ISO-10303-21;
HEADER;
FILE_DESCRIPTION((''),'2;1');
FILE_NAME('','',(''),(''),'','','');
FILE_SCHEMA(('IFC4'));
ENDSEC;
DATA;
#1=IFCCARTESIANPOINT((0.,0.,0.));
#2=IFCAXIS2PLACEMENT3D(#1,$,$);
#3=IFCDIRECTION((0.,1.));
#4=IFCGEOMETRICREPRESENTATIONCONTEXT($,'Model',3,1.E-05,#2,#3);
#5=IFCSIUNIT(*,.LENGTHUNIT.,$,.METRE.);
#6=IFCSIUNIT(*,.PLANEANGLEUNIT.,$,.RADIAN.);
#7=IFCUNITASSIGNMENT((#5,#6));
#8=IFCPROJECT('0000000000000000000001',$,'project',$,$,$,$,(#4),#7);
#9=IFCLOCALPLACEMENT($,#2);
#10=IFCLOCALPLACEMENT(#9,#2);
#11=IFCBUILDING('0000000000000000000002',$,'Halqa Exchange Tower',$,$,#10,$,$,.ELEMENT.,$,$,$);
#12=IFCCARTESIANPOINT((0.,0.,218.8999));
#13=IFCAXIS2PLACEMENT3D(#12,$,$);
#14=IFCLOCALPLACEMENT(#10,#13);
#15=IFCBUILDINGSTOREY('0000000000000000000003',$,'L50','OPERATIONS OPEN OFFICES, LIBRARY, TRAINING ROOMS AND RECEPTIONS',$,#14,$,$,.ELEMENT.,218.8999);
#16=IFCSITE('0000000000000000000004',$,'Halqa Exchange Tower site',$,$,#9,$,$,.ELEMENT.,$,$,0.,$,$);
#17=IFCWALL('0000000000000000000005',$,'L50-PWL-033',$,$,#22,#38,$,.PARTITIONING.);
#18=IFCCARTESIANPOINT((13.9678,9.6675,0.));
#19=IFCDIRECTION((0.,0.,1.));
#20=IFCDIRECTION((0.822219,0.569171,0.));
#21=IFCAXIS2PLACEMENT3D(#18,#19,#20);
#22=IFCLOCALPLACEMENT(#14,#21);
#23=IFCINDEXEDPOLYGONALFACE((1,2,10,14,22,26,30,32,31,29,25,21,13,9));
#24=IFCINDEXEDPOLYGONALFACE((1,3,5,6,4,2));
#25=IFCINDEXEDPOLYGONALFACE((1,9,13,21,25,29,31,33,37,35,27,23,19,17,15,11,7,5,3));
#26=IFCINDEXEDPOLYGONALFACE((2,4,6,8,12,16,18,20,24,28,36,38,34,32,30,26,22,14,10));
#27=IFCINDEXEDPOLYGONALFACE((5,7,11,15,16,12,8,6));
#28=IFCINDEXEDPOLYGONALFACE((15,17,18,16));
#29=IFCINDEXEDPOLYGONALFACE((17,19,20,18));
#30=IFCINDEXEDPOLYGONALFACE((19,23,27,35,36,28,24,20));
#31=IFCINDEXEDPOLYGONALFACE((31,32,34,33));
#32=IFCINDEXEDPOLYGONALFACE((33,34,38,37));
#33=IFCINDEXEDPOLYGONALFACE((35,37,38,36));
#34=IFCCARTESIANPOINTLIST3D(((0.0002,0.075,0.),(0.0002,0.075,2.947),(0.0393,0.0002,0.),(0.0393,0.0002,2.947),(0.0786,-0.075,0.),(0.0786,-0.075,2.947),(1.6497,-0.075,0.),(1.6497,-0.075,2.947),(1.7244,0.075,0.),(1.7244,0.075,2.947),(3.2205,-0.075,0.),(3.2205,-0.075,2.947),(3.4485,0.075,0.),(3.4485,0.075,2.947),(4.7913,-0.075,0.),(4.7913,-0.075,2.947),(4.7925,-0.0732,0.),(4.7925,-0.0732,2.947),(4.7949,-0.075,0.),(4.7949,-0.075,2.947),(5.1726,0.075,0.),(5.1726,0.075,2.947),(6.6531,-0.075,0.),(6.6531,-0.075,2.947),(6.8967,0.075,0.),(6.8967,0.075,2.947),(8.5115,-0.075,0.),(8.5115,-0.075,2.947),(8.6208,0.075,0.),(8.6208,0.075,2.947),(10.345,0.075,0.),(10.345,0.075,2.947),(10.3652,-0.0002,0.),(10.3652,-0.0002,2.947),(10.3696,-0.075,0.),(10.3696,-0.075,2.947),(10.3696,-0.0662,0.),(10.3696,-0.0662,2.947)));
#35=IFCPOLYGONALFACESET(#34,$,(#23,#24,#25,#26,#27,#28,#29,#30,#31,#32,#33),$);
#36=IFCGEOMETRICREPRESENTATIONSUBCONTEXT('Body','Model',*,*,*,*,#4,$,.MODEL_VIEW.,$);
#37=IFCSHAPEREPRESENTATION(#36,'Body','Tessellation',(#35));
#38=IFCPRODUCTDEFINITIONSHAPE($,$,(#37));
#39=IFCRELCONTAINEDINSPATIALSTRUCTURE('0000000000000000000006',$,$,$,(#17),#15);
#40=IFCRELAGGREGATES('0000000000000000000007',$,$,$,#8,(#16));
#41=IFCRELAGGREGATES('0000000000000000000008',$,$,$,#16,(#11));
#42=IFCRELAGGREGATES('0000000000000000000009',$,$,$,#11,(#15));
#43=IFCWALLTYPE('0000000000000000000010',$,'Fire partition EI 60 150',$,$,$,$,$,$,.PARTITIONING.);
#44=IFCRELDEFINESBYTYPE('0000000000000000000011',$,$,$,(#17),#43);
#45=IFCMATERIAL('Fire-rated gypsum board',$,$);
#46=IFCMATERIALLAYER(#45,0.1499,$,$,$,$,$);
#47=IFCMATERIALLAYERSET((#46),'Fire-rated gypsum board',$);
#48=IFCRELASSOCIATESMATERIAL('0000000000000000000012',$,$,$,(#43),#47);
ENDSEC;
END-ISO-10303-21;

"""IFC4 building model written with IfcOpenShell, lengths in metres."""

from ifc_helpers import new_model, si_unit, direction, frame, origin, place, context, subcontext, project, spatial, polyline, outline, extrude, material, layer, layer_set, type_object, element, save


model = new_model("IFC4")

# Units and contexts
model_context = context("Model", 3, precision=1e-05, world=origin(), true_north=direction((0.0, 1.0)))
body_context = subcontext(model_context, "Body", "Model", "MODEL_VIEW")
ifc_project = project(units=[si_unit("LENGTHUNIT", "METRE"), si_unit("PLANEANGLEUNIT", "RADIAN")], contexts=[model_context])

# Site, building, storey
site_placement = place(None, origin())
site = spatial("IfcSite", under=ifc_project, at=site_placement, Name="Halqa Exchange Tower site", CompositionType="ELEMENT", RefElevation=0.0)
building_placement = place(site_placement, origin())
building = spatial("IfcBuilding", under=site, at=building_placement, Name="Halqa Exchange Tower", CompositionType="ELEMENT")
storey_placement = place(building_placement, frame((0.0, 0.0, 218.8999)))
storey = spatial("IfcBuildingStorey", under=building, at=storey_placement, Name="L50", Description="OPERATIONS OPEN OFFICES, LIBRARY, TRAINING ROOMS AND RECEPTIONS", CompositionType="ELEMENT", Elevation=218.8999)

# Wall
ifc_material_1 = material(Name="Fire-rated gypsum board")
ifc_layer_1 = layer(ifc_material_1, 0.1499)
ifc_layer_set_1 = layer_set([ifc_layer_1], Name="Fire-rated gypsum board")
wall_type_1 = type_object("IfcWallType", Name="Fire partition EI 60 150", PredefinedType="PARTITIONING", material=ifc_layer_set_1)
wall_1_placement = place(storey_placement, frame((13.9678, 9.6675, 0.0), z_axis=(0.0, 0.0, 1.0), x_axis=(0.822219, 0.569171, 0.0)))
element("IfcWall", 1, at=wall_1_placement, inside=storey, type_object=wall_type_1, Name="L50-PWL-033", PredefinedType="PARTITIONING", context=body_context, shape_type="SweptSolid", body=[
    extrude(outline(polyline([(0.0786, -0.075), (1.6497, -0.075), (3.2205, -0.075), (4.7913, -0.075), (4.7925, -0.0732), (4.7949, -0.075), (6.6531, -0.075), (8.5115, -0.075), (10.3696, -0.075), (10.3696, -0.0662), (10.3652, -0.0002), (10.345, 0.075), (8.6208, 0.075), (6.8967, 0.075), (5.1726, 0.075), (3.4485, 0.075), (1.7244, 0.075), (0.0002, 0.075), (0.0393, 0.0002), (0.0786, -0.075)])), origin(), (0.0, 0.0, 1.0), 2.947),
])

save(model, "model.ifc")
